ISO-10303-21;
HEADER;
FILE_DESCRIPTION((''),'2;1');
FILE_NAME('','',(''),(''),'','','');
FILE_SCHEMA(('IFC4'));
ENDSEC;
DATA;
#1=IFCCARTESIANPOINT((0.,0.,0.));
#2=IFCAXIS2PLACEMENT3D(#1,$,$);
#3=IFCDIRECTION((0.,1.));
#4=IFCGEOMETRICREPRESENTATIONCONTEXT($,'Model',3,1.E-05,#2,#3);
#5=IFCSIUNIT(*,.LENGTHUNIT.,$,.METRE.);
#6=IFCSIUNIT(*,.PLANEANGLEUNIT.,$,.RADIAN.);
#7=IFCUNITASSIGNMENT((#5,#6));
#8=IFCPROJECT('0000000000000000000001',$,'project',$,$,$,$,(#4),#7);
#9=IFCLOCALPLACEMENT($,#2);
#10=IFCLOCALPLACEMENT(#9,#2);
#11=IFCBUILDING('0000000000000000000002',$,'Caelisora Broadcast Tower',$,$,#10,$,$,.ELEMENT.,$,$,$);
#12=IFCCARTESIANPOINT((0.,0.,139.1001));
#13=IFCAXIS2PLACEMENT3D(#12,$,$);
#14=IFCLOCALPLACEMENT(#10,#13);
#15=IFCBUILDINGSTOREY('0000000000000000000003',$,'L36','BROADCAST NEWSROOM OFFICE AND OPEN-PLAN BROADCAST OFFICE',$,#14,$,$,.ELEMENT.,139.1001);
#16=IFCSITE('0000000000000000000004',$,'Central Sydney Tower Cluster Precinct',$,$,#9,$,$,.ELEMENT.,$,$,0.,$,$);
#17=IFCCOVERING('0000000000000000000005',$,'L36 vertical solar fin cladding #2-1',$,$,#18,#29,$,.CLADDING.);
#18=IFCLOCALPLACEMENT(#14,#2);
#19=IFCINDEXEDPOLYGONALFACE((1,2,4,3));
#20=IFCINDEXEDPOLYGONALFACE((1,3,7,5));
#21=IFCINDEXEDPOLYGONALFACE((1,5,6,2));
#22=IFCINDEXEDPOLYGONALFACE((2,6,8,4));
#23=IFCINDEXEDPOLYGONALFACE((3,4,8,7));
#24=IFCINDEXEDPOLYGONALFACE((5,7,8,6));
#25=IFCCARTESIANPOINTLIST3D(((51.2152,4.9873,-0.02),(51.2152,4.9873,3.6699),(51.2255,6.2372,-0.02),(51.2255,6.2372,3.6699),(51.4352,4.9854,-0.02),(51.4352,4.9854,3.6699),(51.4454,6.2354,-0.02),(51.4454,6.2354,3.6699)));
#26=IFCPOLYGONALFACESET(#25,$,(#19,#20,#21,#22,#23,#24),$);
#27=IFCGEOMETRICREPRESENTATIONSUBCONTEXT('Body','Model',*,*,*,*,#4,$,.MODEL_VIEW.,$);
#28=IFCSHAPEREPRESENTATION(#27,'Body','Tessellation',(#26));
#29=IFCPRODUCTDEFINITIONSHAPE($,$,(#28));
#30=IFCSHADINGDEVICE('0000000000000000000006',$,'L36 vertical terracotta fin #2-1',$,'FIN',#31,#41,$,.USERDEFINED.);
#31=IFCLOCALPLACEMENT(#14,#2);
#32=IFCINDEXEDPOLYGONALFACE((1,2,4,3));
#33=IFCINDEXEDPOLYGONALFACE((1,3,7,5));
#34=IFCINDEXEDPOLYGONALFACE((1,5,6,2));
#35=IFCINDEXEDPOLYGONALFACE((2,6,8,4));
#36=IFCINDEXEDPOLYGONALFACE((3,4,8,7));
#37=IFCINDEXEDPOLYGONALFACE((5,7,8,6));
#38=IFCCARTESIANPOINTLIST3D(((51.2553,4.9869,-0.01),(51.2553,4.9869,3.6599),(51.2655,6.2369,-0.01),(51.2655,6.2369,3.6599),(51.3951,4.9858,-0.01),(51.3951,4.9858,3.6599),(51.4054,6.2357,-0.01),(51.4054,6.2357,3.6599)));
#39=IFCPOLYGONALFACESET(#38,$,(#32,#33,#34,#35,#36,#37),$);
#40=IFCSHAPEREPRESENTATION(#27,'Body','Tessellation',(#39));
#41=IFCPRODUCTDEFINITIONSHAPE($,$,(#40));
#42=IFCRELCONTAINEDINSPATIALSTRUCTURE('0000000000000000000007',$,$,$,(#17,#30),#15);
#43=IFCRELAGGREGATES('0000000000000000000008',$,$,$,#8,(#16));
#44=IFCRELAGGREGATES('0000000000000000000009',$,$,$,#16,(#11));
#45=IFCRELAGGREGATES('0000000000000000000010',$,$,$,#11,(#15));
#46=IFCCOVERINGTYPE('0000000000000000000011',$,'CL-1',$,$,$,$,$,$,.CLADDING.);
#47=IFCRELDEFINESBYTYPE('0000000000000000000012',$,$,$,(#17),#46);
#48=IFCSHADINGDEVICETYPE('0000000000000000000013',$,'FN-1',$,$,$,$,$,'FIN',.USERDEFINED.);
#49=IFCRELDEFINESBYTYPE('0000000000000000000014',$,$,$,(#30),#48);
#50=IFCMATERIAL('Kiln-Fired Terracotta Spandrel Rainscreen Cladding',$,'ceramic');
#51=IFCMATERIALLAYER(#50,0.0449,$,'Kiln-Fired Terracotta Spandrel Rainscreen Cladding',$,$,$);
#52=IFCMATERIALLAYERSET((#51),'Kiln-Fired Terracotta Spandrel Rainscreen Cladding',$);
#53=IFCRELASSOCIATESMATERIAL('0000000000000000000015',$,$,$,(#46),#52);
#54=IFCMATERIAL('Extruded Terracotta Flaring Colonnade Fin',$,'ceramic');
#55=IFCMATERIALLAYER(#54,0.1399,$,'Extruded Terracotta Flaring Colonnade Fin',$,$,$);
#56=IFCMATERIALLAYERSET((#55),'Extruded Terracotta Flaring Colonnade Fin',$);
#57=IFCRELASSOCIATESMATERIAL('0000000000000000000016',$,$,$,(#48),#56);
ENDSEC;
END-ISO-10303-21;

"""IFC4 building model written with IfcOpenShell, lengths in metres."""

from ifc_helpers import new_model, si_unit, direction, frame, origin, origin_2d, place, context, subcontext, project, spatial, rectangle, extrude, source, transform, mapped, material, layer, layer_set, type_object, type_shapes, element, save


model = new_model("IFC4")

# Units and contexts
model_context = context("Model", 3, precision=1e-05, world=origin(), true_north=direction((0.0, 1.0)))
body_context = subcontext(model_context, "Body", "Model", "MODEL_VIEW")
ifc_project = project(units=[si_unit("LENGTHUNIT", "METRE"), si_unit("PLANEANGLEUNIT", "RADIAN")], contexts=[model_context])

# Site, building, storey
site_placement = place(None, origin())
site = spatial("IfcSite", under=ifc_project, at=site_placement, Name="Central Sydney Tower Cluster Precinct", CompositionType="ELEMENT", RefElevation=0.0)
building_placement = place(site_placement, origin())
building = spatial("IfcBuilding", under=site, at=building_placement, Name="Caelisora Broadcast Tower", CompositionType="ELEMENT")
storey_placement = place(building_placement, frame((0.0, 0.0, 139.1001)))
storey = spatial("IfcBuildingStorey", under=building, at=storey_placement, Name="L36", Description="BROADCAST NEWSROOM OFFICE AND OPEN-PLAN BROADCAST OFFICE", CompositionType="ELEMENT", Elevation=139.1001)

# Covering
ifc_material_1 = material(Name="Kiln-Fired Terracotta Spandrel Rainscreen Cladding", Category="ceramic")
ifc_layer_1 = layer(ifc_material_1, 0.0449, Name="Kiln-Fired Terracotta Spandrel Rainscreen Cladding")
ifc_layer_set_1 = layer_set([ifc_layer_1], Name="Kiln-Fired Terracotta Spandrel Rainscreen Cladding")
covering_type = type_object("IfcCoveringType", Name="CL-1", PredefinedType="CLADDING", material=ifc_layer_set_1)
shared_shape_1 = source(origin(), body_context, "Body", "SweptSolid", [
    extrude(rectangle(XDim=0.22, YDim=1.25, at=origin_2d()), origin(), (0.0, 0.0, 1.0), 3.6899),
])
type_shapes(covering_type, [shared_shape_1])
covering_placement = place(storey_placement, frame((51.3303, 5.6113, -0.02), z_axis=(0.0, 0.0, 1.0), x_axis=(-0.999966, 0.008203, 0.0)))
element("IfcCovering", 1, at=covering_placement, inside=storey, type_object=covering_type, Name="L36 vertical solar fin cladding #2-1", PredefinedType="CLADDING", context=body_context, shape_type="MappedRepresentation", body=[
    mapped(shared_shape_1, transform((0.0, 0.0, 0.0), scale=1.0)),
])

# Shading device
ifc_material_2 = material(Name="Extruded Terracotta Flaring Colonnade Fin", Category="ceramic")
ifc_layer_2 = layer(ifc_material_2, 0.1399, Name="Extruded Terracotta Flaring Colonnade Fin")
ifc_layer_set_2 = layer_set([ifc_layer_2], Name="Extruded Terracotta Flaring Colonnade Fin")
shading_device_type = type_object("IfcShadingDeviceType", Name="FN-1", ElementType="FIN", PredefinedType="USERDEFINED", material=ifc_layer_set_2)
shared_shape_2 = source(origin(), body_context, "Body", "SweptSolid", [
    extrude(rectangle(XDim=0.1399, YDim=1.25, at=origin_2d()), origin(), (0.0, 0.0, 1.0), 3.6699),
])
type_shapes(shading_device_type, [shared_shape_2])
shading_device_placement = place(storey_placement, frame((51.3303, 5.6113, -0.01), z_axis=(0.0, 0.0, 1.0), x_axis=(-0.999966, 0.008203, 0.0)))
element("IfcShadingDevice", 2, at=shading_device_placement, inside=storey, type_object=shading_device_type, Name="L36 vertical terracotta fin #2-1", ObjectType="FIN", PredefinedType="USERDEFINED", context=body_context, shape_type="MappedRepresentation", body=[
    mapped(shared_shape_2, transform((0.0, 0.0, 0.0), scale=1.0)),
])

save(model, "model.ifc")
